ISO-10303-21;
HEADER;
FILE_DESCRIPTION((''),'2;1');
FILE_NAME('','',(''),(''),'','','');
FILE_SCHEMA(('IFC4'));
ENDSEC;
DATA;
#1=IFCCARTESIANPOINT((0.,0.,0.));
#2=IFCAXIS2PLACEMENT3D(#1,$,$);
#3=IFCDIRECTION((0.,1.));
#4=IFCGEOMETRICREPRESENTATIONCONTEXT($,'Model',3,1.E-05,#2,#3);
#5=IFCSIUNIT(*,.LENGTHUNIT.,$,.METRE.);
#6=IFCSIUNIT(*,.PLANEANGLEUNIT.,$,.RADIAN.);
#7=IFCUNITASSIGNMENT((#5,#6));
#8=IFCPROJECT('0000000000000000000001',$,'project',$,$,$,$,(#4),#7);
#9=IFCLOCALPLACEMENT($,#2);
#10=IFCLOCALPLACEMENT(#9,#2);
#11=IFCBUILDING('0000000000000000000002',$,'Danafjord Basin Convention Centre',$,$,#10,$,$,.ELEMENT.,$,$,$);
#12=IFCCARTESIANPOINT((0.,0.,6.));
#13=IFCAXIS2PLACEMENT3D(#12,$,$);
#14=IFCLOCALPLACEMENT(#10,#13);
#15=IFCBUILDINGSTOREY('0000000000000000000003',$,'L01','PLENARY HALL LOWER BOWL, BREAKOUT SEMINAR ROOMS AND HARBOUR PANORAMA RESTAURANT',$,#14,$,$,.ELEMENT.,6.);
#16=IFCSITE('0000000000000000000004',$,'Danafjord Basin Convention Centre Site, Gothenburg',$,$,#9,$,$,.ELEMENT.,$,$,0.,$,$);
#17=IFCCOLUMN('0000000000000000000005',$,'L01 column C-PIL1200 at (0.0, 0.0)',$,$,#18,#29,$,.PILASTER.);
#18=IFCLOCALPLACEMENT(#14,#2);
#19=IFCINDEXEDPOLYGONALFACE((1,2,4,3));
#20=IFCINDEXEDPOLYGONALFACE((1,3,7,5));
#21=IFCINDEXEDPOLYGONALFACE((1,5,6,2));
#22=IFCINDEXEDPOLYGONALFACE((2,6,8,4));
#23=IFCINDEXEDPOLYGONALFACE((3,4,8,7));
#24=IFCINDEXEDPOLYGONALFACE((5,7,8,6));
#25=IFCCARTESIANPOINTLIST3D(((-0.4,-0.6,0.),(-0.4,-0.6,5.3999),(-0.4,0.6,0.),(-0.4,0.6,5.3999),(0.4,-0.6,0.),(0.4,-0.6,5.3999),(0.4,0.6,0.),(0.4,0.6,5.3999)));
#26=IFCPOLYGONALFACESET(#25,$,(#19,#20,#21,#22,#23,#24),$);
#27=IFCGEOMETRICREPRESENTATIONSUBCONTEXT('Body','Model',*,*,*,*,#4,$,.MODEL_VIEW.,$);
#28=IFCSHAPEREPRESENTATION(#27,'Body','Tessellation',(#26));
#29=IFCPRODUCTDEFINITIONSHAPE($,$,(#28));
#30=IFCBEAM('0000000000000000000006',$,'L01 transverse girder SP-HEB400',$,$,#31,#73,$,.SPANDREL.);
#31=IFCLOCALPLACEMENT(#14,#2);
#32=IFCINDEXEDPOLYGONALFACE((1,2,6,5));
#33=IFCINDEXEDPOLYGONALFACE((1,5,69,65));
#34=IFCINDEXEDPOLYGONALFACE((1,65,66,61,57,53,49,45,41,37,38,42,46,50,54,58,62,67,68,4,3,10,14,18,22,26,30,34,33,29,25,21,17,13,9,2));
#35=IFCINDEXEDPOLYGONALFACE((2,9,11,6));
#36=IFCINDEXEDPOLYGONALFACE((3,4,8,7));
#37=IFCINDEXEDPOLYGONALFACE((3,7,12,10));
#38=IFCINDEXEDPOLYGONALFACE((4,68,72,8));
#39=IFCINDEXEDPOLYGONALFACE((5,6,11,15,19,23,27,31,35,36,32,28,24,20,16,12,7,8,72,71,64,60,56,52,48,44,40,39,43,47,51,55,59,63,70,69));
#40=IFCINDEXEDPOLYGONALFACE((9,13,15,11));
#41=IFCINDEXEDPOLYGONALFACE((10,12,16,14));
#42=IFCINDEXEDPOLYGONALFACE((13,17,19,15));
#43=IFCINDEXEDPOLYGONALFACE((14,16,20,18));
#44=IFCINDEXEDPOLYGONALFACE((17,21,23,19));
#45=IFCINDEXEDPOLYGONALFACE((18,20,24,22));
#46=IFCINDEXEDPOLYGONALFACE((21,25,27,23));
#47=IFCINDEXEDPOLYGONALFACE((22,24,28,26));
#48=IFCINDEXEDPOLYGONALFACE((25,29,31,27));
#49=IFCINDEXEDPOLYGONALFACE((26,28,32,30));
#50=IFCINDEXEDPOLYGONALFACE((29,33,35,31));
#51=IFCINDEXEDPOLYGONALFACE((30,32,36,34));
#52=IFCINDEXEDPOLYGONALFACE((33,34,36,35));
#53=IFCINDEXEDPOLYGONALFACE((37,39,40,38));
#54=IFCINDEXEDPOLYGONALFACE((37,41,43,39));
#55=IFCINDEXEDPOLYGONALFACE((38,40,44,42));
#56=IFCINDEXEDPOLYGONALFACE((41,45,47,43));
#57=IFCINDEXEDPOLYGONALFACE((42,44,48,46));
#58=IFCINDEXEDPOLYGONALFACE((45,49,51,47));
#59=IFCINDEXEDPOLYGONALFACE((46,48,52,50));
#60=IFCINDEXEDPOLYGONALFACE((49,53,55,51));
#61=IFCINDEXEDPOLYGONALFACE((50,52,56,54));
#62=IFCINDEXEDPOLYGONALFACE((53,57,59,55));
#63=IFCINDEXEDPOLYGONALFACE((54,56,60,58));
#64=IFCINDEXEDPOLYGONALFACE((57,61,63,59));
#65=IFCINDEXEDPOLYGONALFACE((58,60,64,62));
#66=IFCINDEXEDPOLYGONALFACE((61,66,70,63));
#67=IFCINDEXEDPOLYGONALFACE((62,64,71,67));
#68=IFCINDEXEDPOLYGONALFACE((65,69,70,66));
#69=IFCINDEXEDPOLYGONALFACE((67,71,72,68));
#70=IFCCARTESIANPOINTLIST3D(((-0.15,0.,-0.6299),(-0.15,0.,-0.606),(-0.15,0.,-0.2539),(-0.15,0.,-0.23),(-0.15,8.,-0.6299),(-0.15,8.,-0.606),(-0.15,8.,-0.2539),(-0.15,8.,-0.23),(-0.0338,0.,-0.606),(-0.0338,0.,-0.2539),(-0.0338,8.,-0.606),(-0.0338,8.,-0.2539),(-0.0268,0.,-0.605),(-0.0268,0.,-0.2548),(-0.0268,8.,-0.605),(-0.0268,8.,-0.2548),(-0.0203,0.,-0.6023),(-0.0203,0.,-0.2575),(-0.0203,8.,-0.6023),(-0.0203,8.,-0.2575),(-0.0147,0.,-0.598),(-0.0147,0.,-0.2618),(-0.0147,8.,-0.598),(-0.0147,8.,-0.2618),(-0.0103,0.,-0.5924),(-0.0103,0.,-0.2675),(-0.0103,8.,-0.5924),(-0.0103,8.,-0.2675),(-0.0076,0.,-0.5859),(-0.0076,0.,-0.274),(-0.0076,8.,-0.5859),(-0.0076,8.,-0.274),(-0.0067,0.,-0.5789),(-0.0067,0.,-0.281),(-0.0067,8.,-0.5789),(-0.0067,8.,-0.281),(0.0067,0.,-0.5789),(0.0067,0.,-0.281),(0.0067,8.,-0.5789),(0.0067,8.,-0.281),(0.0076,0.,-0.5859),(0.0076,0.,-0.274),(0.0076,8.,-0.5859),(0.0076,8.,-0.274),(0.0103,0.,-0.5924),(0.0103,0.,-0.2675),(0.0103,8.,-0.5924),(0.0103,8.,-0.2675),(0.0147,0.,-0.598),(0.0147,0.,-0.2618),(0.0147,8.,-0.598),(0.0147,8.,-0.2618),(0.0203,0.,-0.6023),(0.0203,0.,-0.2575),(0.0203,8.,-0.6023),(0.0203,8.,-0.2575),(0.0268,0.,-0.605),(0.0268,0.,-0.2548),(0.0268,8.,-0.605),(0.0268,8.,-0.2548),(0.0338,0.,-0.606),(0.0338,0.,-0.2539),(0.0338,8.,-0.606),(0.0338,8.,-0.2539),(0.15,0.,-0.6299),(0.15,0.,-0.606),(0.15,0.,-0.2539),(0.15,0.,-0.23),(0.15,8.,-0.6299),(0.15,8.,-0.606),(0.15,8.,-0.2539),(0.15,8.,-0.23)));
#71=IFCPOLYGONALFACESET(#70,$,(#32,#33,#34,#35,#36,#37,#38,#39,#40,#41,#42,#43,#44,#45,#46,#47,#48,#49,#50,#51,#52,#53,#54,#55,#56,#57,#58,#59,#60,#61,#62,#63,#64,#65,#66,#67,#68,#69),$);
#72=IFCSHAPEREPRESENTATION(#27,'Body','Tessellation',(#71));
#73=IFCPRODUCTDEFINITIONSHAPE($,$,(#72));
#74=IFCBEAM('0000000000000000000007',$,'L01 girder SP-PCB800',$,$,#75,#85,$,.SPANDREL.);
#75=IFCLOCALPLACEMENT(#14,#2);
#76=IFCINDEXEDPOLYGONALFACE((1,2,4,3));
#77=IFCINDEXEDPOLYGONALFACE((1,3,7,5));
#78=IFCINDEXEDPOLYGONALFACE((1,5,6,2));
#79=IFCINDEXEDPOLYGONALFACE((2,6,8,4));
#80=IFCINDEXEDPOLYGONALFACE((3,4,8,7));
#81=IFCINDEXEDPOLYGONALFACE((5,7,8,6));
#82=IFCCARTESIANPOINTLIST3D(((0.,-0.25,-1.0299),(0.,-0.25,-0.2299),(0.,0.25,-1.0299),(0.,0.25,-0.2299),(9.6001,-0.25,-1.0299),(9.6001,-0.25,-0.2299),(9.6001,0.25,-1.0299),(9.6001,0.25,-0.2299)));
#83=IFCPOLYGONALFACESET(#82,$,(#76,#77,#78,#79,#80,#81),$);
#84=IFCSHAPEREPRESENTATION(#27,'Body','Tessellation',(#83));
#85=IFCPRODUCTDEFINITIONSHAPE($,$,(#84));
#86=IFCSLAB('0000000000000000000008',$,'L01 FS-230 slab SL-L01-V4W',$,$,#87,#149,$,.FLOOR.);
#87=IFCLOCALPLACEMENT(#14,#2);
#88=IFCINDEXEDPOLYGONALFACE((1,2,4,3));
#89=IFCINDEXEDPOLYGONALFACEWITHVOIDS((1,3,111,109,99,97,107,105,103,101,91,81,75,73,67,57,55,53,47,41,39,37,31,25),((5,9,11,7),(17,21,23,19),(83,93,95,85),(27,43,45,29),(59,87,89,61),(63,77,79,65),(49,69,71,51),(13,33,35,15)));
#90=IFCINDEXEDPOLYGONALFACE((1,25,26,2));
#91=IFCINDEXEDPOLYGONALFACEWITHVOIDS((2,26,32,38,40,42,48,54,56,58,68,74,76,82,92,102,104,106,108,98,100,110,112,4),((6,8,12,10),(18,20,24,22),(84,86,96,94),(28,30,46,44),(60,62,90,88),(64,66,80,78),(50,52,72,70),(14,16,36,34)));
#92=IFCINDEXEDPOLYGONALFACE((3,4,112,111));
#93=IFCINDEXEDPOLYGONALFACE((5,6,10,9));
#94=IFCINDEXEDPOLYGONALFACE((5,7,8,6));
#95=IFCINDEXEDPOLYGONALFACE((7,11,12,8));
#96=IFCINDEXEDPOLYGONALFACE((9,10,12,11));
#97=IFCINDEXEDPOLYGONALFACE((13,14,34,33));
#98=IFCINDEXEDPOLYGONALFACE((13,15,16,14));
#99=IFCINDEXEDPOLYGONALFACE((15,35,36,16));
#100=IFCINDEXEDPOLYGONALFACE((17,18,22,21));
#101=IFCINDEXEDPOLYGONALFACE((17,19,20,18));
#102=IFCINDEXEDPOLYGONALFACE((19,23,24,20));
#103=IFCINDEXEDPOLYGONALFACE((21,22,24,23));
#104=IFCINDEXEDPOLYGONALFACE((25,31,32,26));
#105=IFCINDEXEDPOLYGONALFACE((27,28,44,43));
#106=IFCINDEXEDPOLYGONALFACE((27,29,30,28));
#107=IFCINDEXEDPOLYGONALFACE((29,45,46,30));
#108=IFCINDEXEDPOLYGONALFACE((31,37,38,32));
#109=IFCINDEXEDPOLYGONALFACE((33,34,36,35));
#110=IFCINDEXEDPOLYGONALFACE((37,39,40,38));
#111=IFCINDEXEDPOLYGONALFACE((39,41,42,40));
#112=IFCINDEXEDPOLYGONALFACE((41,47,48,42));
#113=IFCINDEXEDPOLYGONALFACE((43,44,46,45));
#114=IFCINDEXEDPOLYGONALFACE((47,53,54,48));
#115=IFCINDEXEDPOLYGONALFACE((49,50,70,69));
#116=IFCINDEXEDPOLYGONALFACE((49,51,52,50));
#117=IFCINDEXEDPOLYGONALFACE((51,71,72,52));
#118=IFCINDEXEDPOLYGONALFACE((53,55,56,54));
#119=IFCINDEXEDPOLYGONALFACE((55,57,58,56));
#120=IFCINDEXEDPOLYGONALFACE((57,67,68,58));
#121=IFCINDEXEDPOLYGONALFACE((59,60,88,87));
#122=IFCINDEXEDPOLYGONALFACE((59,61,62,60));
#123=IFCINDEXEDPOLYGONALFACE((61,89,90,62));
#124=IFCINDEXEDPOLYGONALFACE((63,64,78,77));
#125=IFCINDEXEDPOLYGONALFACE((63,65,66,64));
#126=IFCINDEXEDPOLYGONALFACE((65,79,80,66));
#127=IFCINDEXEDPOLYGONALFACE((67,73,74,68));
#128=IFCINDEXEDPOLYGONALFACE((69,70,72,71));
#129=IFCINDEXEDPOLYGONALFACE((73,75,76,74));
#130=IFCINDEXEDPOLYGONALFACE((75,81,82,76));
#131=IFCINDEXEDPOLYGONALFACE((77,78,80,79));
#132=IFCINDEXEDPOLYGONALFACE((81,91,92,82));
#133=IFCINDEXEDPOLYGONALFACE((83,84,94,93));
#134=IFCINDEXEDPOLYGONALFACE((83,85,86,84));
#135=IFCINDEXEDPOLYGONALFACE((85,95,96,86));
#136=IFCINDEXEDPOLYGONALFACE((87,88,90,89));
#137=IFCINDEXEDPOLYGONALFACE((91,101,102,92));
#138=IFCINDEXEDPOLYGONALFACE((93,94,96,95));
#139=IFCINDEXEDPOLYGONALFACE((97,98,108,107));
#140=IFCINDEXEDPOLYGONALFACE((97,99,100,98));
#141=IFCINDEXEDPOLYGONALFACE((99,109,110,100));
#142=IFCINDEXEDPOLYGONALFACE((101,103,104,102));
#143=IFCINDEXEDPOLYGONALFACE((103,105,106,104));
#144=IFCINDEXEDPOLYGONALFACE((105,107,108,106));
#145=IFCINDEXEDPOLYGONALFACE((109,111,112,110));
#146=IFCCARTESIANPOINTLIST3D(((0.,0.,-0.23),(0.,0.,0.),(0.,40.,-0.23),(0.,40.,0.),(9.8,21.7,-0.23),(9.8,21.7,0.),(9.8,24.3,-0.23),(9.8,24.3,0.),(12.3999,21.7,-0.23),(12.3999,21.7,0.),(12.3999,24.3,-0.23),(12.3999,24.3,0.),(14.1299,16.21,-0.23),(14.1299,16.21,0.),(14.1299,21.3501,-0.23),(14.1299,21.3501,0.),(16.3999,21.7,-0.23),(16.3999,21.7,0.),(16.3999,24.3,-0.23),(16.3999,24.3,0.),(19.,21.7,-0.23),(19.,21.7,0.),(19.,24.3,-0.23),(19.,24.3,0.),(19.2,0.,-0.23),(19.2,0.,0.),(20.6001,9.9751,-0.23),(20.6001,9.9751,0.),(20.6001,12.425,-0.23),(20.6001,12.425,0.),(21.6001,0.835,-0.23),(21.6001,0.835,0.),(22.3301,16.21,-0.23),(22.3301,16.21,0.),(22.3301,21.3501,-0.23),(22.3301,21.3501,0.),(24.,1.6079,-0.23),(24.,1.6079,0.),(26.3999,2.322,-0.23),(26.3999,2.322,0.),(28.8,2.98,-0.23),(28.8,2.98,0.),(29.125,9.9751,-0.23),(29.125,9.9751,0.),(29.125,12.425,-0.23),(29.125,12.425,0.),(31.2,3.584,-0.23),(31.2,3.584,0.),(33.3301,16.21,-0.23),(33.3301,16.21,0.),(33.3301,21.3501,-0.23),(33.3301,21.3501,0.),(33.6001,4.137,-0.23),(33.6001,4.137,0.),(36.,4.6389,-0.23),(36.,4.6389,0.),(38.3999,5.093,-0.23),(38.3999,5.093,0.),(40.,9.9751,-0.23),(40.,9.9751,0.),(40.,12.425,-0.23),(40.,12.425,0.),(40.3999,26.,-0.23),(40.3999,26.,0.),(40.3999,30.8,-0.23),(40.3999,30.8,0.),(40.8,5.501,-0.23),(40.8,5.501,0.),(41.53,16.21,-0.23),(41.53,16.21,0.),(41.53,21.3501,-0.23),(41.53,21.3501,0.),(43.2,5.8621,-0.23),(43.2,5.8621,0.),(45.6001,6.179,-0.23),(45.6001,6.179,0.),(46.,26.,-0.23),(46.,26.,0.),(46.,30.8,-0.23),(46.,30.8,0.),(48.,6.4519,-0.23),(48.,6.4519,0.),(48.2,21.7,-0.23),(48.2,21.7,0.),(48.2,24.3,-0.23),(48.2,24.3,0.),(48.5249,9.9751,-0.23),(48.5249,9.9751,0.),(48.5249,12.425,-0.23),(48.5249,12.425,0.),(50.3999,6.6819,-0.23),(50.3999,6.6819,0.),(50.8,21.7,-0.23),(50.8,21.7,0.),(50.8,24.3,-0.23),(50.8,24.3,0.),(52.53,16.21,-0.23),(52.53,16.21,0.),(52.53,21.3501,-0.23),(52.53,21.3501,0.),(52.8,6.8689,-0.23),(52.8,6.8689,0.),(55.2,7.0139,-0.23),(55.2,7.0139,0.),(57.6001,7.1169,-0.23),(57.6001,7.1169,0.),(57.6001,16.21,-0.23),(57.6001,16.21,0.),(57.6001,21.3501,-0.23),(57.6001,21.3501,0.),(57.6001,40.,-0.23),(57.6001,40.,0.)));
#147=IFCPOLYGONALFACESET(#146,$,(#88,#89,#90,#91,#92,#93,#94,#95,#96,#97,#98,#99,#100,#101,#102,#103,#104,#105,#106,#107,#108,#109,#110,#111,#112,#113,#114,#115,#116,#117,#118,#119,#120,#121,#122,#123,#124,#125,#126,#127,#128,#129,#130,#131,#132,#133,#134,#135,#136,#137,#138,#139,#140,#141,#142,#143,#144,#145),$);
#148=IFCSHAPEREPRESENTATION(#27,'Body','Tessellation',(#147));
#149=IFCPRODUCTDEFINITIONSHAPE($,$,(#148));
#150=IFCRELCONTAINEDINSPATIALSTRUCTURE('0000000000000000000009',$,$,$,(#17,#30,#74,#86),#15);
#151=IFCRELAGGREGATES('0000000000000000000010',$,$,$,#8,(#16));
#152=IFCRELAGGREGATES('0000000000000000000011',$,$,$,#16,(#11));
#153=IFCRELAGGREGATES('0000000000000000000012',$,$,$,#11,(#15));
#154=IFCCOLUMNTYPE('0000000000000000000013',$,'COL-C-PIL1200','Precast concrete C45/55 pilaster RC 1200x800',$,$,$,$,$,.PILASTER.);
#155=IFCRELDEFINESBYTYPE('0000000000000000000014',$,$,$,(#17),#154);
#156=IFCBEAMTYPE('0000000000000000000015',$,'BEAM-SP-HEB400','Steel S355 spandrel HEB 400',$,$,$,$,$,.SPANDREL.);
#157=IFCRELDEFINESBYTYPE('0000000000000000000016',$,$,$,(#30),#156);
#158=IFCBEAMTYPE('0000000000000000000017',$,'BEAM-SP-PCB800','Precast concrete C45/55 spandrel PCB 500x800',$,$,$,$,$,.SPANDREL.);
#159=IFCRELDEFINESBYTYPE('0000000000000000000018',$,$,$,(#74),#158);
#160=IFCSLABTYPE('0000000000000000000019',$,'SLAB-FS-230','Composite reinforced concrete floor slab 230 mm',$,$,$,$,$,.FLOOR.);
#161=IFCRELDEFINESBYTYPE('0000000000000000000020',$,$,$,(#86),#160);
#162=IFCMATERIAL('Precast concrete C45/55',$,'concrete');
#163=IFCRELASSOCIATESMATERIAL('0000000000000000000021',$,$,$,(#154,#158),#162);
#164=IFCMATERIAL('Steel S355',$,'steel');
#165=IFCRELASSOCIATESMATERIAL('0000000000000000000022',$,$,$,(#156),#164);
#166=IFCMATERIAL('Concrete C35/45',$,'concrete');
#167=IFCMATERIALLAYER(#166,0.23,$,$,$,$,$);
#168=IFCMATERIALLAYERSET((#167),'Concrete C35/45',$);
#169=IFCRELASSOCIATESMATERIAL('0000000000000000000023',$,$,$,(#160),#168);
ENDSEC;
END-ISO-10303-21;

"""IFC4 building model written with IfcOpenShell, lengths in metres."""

from ifc_helpers import new_model, si_unit, direction, frame, origin, origin_with_axes, origin_2d, place, context, subcontext, project, spatial, polyline, rectangle, i_section, outline, extrude, material, layer, layer_set, material_profile, profile_set, type_object, element, save


model = new_model("IFC4")

# Units and contexts
model_context = context("Model", 3, precision=1e-05, world=origin(), true_north=direction((0.0, 1.0)))
body_context = subcontext(model_context, "Body", "Model", "MODEL_VIEW")
ifc_project = project(units=[si_unit("LENGTHUNIT", "METRE"), si_unit("PLANEANGLEUNIT", "RADIAN")], contexts=[model_context])

# Site, building, storey
site_placement = place(None, origin())
site = spatial("IfcSite", under=ifc_project, at=site_placement, Name="Danafjord Basin Convention Centre Site, Gothenburg", CompositionType="ELEMENT", RefElevation=0.0)
building_placement = place(site_placement, origin())
building = spatial("IfcBuilding", under=site, at=building_placement, Name="Danafjord Basin Convention Centre", CompositionType="ELEMENT")
storey_placement = place(building_placement, frame((0.0, 0.0, 6.0)))
storey = spatial("IfcBuildingStorey", under=building, at=storey_placement, Name="L01", Description="PLENARY HALL LOWER BOWL, BREAKOUT SEMINAR ROOMS AND HARBOUR PANORAMA RESTAURANT", CompositionType="ELEMENT", Elevation=6.0)

# Column
ifc_material_1 = material(Name="Precast concrete C45/55", Category="concrete")
ifc_material_profile_1 = material_profile(ifc_material_1, rectangle(XDim=0.8, YDim=1.2, at=origin_2d()), Name="RC 1200x800")
ifc_profile_set_1 = profile_set([ifc_material_profile_1], Name="Precast concrete C45/55")
column_type = type_object("IfcColumnType", Name="COL-C-PIL1200", Description="Precast concrete C45/55 pilaster RC 1200x800", PredefinedType="PILASTER", material=ifc_profile_set_1)
column_placement = place(storey_placement, origin_with_axes())
element("IfcColumn", 1, at=column_placement, inside=storey, type_object=column_type, Name="L01 column C-PIL1200 at (0.0, 0.0)", PredefinedType="PILASTER", context=body_context, shape_type="SweptSolid", body=[
    extrude(rectangle(XDim=0.8, YDim=1.2, at=origin_2d()), origin(), (0.0, 0.0, 1.0), 5.3999),
])

# Beams
ifc_material_2 = material(Name="Steel S355", Category="steel")
ifc_material_profile_2 = material_profile(ifc_material_2, i_section(OverallWidth=0.3, OverallDepth=0.3999, WebThickness=0.0134, FlangeThickness=0.0239, FilletRadius=0.0271, at=origin_2d()), Name="HEB 400")
ifc_profile_set_2 = profile_set([ifc_material_profile_2], Name="Steel S355")
beam_type_1 = type_object("IfcBeamType", Name="BEAM-SP-HEB400", Description="Steel S355 spandrel HEB 400", PredefinedType="SPANDREL", material=ifc_profile_set_2)
beam_1_placement = place(storey_placement, frame((0.0, 0.0, -0.4299), z_axis=(0.0, 1.0, 0.0), x_axis=(-1.0, 0.0, 0.0)))
element("IfcBeam", 2, at=beam_1_placement, inside=storey, type_object=beam_type_1, Name="L01 transverse girder SP-HEB400", PredefinedType="SPANDREL", context=body_context, shape_type="SweptSolid", body=[
    extrude(i_section(OverallWidth=0.3, OverallDepth=0.3999, WebThickness=0.0134, FlangeThickness=0.0239, FilletRadius=0.0271, at=origin_2d()), origin(), (0.0, 0.0, 1.0), 8.0),
])
ifc_material_profile_3 = material_profile(ifc_material_1, rectangle(XDim=0.5, YDim=0.8, at=origin_2d()), Name="PCB 500x800")
ifc_profile_set_3 = profile_set([ifc_material_profile_3], Name="Precast concrete C45/55")
beam_type_2 = type_object("IfcBeamType", Name="BEAM-SP-PCB800", Description="Precast concrete C45/55 spandrel PCB 500x800", PredefinedType="SPANDREL", material=ifc_profile_set_3)
beam_2_placement = place(storey_placement, frame((0.0, 0.0, -0.6299), z_axis=(1.0, 0.0, 0.0), x_axis=(0.0, 1.0, 0.0)))
element("IfcBeam", 3, at=beam_2_placement, inside=storey, type_object=beam_type_2, Name="L01 girder SP-PCB800", PredefinedType="SPANDREL", context=body_context, shape_type="SweptSolid", body=[
    extrude(rectangle(XDim=0.5, YDim=0.8, at=origin_2d()), origin(), (0.0, 0.0, 1.0), 9.6001),
])

# Slab
ifc_material_3 = material(Name="Concrete C35/45", Category="concrete")
ifc_layer_1 = layer(ifc_material_3, 0.23)
ifc_layer_set_1 = layer_set([ifc_layer_1], Name="Concrete C35/45")
slab_type_1 = type_object("IfcSlabType", Name="SLAB-FS-230", Description="Composite reinforced concrete floor slab 230 mm", PredefinedType="FLOOR", material=ifc_layer_set_1)
slab_1_placement = place(storey_placement, frame((0.0, 0.0, -0.23)))
element("IfcSlab", 4, at=slab_1_placement, inside=storey, type_object=slab_type_1, Name="L01 FS-230 slab SL-L01-V4W", PredefinedType="FLOOR", context=body_context, shape_type="SweptSolid", body=[
    extrude(outline(polyline([(57.6001, 40.0), (57.6001, 21.3501), (52.53, 21.3501), (52.53, 16.21), (57.6001, 16.21), (57.6001, 7.1169), (55.2, 7.0139), (52.8, 6.8689), (50.3999, 6.6819), (48.0, 6.4519), (45.6001, 6.179), (43.2, 5.8621), (40.8, 5.501), (38.3999, 5.093), (36.0, 4.6389), (33.6001, 4.137), (31.2, 3.584), (28.8, 2.98), (26.3999, 2.322), (24.0, 1.6079), (21.6001, 0.835), (19.2, 0.0), (0.0, 0.0), (0.0, 40.0), (57.6001, 40.0)]), holes=[polyline([(50.8, 24.3), (48.2, 24.3), (48.2, 21.7), (50.8, 21.7), (50.8, 24.3)]), polyline([(48.5249, 12.425), (40.0, 12.425), (40.0, 9.9751), (48.5249, 9.9751), (48.5249, 12.425)]), polyline([(46.0, 30.8), (40.3999, 30.8), (40.3999, 26.0), (46.0, 26.0), (46.0, 30.8)]), polyline([(41.53, 21.3501), (33.3301, 21.3501), (33.3301, 16.21), (41.53, 16.21), (41.53, 21.3501)]), polyline([(29.125, 12.425), (20.6001, 12.425), (20.6001, 9.9751), (29.125, 9.9751), (29.125, 12.425)]), polyline([(22.3301, 21.3501), (14.1299, 21.3501), (14.1299, 16.21), (22.3301, 16.21), (22.3301, 21.3501)]), polyline([(19.0, 24.3), (16.3999, 24.3), (16.3999, 21.7), (19.0, 21.7), (19.0, 24.3)]), polyline([(12.3999, 24.3), (9.8, 24.3), (9.8, 21.7), (12.3999, 21.7), (12.3999, 24.3)])]), origin(), (0.0, 0.0, 1.0), 0.23),
])

save(model, "model.ifc")
